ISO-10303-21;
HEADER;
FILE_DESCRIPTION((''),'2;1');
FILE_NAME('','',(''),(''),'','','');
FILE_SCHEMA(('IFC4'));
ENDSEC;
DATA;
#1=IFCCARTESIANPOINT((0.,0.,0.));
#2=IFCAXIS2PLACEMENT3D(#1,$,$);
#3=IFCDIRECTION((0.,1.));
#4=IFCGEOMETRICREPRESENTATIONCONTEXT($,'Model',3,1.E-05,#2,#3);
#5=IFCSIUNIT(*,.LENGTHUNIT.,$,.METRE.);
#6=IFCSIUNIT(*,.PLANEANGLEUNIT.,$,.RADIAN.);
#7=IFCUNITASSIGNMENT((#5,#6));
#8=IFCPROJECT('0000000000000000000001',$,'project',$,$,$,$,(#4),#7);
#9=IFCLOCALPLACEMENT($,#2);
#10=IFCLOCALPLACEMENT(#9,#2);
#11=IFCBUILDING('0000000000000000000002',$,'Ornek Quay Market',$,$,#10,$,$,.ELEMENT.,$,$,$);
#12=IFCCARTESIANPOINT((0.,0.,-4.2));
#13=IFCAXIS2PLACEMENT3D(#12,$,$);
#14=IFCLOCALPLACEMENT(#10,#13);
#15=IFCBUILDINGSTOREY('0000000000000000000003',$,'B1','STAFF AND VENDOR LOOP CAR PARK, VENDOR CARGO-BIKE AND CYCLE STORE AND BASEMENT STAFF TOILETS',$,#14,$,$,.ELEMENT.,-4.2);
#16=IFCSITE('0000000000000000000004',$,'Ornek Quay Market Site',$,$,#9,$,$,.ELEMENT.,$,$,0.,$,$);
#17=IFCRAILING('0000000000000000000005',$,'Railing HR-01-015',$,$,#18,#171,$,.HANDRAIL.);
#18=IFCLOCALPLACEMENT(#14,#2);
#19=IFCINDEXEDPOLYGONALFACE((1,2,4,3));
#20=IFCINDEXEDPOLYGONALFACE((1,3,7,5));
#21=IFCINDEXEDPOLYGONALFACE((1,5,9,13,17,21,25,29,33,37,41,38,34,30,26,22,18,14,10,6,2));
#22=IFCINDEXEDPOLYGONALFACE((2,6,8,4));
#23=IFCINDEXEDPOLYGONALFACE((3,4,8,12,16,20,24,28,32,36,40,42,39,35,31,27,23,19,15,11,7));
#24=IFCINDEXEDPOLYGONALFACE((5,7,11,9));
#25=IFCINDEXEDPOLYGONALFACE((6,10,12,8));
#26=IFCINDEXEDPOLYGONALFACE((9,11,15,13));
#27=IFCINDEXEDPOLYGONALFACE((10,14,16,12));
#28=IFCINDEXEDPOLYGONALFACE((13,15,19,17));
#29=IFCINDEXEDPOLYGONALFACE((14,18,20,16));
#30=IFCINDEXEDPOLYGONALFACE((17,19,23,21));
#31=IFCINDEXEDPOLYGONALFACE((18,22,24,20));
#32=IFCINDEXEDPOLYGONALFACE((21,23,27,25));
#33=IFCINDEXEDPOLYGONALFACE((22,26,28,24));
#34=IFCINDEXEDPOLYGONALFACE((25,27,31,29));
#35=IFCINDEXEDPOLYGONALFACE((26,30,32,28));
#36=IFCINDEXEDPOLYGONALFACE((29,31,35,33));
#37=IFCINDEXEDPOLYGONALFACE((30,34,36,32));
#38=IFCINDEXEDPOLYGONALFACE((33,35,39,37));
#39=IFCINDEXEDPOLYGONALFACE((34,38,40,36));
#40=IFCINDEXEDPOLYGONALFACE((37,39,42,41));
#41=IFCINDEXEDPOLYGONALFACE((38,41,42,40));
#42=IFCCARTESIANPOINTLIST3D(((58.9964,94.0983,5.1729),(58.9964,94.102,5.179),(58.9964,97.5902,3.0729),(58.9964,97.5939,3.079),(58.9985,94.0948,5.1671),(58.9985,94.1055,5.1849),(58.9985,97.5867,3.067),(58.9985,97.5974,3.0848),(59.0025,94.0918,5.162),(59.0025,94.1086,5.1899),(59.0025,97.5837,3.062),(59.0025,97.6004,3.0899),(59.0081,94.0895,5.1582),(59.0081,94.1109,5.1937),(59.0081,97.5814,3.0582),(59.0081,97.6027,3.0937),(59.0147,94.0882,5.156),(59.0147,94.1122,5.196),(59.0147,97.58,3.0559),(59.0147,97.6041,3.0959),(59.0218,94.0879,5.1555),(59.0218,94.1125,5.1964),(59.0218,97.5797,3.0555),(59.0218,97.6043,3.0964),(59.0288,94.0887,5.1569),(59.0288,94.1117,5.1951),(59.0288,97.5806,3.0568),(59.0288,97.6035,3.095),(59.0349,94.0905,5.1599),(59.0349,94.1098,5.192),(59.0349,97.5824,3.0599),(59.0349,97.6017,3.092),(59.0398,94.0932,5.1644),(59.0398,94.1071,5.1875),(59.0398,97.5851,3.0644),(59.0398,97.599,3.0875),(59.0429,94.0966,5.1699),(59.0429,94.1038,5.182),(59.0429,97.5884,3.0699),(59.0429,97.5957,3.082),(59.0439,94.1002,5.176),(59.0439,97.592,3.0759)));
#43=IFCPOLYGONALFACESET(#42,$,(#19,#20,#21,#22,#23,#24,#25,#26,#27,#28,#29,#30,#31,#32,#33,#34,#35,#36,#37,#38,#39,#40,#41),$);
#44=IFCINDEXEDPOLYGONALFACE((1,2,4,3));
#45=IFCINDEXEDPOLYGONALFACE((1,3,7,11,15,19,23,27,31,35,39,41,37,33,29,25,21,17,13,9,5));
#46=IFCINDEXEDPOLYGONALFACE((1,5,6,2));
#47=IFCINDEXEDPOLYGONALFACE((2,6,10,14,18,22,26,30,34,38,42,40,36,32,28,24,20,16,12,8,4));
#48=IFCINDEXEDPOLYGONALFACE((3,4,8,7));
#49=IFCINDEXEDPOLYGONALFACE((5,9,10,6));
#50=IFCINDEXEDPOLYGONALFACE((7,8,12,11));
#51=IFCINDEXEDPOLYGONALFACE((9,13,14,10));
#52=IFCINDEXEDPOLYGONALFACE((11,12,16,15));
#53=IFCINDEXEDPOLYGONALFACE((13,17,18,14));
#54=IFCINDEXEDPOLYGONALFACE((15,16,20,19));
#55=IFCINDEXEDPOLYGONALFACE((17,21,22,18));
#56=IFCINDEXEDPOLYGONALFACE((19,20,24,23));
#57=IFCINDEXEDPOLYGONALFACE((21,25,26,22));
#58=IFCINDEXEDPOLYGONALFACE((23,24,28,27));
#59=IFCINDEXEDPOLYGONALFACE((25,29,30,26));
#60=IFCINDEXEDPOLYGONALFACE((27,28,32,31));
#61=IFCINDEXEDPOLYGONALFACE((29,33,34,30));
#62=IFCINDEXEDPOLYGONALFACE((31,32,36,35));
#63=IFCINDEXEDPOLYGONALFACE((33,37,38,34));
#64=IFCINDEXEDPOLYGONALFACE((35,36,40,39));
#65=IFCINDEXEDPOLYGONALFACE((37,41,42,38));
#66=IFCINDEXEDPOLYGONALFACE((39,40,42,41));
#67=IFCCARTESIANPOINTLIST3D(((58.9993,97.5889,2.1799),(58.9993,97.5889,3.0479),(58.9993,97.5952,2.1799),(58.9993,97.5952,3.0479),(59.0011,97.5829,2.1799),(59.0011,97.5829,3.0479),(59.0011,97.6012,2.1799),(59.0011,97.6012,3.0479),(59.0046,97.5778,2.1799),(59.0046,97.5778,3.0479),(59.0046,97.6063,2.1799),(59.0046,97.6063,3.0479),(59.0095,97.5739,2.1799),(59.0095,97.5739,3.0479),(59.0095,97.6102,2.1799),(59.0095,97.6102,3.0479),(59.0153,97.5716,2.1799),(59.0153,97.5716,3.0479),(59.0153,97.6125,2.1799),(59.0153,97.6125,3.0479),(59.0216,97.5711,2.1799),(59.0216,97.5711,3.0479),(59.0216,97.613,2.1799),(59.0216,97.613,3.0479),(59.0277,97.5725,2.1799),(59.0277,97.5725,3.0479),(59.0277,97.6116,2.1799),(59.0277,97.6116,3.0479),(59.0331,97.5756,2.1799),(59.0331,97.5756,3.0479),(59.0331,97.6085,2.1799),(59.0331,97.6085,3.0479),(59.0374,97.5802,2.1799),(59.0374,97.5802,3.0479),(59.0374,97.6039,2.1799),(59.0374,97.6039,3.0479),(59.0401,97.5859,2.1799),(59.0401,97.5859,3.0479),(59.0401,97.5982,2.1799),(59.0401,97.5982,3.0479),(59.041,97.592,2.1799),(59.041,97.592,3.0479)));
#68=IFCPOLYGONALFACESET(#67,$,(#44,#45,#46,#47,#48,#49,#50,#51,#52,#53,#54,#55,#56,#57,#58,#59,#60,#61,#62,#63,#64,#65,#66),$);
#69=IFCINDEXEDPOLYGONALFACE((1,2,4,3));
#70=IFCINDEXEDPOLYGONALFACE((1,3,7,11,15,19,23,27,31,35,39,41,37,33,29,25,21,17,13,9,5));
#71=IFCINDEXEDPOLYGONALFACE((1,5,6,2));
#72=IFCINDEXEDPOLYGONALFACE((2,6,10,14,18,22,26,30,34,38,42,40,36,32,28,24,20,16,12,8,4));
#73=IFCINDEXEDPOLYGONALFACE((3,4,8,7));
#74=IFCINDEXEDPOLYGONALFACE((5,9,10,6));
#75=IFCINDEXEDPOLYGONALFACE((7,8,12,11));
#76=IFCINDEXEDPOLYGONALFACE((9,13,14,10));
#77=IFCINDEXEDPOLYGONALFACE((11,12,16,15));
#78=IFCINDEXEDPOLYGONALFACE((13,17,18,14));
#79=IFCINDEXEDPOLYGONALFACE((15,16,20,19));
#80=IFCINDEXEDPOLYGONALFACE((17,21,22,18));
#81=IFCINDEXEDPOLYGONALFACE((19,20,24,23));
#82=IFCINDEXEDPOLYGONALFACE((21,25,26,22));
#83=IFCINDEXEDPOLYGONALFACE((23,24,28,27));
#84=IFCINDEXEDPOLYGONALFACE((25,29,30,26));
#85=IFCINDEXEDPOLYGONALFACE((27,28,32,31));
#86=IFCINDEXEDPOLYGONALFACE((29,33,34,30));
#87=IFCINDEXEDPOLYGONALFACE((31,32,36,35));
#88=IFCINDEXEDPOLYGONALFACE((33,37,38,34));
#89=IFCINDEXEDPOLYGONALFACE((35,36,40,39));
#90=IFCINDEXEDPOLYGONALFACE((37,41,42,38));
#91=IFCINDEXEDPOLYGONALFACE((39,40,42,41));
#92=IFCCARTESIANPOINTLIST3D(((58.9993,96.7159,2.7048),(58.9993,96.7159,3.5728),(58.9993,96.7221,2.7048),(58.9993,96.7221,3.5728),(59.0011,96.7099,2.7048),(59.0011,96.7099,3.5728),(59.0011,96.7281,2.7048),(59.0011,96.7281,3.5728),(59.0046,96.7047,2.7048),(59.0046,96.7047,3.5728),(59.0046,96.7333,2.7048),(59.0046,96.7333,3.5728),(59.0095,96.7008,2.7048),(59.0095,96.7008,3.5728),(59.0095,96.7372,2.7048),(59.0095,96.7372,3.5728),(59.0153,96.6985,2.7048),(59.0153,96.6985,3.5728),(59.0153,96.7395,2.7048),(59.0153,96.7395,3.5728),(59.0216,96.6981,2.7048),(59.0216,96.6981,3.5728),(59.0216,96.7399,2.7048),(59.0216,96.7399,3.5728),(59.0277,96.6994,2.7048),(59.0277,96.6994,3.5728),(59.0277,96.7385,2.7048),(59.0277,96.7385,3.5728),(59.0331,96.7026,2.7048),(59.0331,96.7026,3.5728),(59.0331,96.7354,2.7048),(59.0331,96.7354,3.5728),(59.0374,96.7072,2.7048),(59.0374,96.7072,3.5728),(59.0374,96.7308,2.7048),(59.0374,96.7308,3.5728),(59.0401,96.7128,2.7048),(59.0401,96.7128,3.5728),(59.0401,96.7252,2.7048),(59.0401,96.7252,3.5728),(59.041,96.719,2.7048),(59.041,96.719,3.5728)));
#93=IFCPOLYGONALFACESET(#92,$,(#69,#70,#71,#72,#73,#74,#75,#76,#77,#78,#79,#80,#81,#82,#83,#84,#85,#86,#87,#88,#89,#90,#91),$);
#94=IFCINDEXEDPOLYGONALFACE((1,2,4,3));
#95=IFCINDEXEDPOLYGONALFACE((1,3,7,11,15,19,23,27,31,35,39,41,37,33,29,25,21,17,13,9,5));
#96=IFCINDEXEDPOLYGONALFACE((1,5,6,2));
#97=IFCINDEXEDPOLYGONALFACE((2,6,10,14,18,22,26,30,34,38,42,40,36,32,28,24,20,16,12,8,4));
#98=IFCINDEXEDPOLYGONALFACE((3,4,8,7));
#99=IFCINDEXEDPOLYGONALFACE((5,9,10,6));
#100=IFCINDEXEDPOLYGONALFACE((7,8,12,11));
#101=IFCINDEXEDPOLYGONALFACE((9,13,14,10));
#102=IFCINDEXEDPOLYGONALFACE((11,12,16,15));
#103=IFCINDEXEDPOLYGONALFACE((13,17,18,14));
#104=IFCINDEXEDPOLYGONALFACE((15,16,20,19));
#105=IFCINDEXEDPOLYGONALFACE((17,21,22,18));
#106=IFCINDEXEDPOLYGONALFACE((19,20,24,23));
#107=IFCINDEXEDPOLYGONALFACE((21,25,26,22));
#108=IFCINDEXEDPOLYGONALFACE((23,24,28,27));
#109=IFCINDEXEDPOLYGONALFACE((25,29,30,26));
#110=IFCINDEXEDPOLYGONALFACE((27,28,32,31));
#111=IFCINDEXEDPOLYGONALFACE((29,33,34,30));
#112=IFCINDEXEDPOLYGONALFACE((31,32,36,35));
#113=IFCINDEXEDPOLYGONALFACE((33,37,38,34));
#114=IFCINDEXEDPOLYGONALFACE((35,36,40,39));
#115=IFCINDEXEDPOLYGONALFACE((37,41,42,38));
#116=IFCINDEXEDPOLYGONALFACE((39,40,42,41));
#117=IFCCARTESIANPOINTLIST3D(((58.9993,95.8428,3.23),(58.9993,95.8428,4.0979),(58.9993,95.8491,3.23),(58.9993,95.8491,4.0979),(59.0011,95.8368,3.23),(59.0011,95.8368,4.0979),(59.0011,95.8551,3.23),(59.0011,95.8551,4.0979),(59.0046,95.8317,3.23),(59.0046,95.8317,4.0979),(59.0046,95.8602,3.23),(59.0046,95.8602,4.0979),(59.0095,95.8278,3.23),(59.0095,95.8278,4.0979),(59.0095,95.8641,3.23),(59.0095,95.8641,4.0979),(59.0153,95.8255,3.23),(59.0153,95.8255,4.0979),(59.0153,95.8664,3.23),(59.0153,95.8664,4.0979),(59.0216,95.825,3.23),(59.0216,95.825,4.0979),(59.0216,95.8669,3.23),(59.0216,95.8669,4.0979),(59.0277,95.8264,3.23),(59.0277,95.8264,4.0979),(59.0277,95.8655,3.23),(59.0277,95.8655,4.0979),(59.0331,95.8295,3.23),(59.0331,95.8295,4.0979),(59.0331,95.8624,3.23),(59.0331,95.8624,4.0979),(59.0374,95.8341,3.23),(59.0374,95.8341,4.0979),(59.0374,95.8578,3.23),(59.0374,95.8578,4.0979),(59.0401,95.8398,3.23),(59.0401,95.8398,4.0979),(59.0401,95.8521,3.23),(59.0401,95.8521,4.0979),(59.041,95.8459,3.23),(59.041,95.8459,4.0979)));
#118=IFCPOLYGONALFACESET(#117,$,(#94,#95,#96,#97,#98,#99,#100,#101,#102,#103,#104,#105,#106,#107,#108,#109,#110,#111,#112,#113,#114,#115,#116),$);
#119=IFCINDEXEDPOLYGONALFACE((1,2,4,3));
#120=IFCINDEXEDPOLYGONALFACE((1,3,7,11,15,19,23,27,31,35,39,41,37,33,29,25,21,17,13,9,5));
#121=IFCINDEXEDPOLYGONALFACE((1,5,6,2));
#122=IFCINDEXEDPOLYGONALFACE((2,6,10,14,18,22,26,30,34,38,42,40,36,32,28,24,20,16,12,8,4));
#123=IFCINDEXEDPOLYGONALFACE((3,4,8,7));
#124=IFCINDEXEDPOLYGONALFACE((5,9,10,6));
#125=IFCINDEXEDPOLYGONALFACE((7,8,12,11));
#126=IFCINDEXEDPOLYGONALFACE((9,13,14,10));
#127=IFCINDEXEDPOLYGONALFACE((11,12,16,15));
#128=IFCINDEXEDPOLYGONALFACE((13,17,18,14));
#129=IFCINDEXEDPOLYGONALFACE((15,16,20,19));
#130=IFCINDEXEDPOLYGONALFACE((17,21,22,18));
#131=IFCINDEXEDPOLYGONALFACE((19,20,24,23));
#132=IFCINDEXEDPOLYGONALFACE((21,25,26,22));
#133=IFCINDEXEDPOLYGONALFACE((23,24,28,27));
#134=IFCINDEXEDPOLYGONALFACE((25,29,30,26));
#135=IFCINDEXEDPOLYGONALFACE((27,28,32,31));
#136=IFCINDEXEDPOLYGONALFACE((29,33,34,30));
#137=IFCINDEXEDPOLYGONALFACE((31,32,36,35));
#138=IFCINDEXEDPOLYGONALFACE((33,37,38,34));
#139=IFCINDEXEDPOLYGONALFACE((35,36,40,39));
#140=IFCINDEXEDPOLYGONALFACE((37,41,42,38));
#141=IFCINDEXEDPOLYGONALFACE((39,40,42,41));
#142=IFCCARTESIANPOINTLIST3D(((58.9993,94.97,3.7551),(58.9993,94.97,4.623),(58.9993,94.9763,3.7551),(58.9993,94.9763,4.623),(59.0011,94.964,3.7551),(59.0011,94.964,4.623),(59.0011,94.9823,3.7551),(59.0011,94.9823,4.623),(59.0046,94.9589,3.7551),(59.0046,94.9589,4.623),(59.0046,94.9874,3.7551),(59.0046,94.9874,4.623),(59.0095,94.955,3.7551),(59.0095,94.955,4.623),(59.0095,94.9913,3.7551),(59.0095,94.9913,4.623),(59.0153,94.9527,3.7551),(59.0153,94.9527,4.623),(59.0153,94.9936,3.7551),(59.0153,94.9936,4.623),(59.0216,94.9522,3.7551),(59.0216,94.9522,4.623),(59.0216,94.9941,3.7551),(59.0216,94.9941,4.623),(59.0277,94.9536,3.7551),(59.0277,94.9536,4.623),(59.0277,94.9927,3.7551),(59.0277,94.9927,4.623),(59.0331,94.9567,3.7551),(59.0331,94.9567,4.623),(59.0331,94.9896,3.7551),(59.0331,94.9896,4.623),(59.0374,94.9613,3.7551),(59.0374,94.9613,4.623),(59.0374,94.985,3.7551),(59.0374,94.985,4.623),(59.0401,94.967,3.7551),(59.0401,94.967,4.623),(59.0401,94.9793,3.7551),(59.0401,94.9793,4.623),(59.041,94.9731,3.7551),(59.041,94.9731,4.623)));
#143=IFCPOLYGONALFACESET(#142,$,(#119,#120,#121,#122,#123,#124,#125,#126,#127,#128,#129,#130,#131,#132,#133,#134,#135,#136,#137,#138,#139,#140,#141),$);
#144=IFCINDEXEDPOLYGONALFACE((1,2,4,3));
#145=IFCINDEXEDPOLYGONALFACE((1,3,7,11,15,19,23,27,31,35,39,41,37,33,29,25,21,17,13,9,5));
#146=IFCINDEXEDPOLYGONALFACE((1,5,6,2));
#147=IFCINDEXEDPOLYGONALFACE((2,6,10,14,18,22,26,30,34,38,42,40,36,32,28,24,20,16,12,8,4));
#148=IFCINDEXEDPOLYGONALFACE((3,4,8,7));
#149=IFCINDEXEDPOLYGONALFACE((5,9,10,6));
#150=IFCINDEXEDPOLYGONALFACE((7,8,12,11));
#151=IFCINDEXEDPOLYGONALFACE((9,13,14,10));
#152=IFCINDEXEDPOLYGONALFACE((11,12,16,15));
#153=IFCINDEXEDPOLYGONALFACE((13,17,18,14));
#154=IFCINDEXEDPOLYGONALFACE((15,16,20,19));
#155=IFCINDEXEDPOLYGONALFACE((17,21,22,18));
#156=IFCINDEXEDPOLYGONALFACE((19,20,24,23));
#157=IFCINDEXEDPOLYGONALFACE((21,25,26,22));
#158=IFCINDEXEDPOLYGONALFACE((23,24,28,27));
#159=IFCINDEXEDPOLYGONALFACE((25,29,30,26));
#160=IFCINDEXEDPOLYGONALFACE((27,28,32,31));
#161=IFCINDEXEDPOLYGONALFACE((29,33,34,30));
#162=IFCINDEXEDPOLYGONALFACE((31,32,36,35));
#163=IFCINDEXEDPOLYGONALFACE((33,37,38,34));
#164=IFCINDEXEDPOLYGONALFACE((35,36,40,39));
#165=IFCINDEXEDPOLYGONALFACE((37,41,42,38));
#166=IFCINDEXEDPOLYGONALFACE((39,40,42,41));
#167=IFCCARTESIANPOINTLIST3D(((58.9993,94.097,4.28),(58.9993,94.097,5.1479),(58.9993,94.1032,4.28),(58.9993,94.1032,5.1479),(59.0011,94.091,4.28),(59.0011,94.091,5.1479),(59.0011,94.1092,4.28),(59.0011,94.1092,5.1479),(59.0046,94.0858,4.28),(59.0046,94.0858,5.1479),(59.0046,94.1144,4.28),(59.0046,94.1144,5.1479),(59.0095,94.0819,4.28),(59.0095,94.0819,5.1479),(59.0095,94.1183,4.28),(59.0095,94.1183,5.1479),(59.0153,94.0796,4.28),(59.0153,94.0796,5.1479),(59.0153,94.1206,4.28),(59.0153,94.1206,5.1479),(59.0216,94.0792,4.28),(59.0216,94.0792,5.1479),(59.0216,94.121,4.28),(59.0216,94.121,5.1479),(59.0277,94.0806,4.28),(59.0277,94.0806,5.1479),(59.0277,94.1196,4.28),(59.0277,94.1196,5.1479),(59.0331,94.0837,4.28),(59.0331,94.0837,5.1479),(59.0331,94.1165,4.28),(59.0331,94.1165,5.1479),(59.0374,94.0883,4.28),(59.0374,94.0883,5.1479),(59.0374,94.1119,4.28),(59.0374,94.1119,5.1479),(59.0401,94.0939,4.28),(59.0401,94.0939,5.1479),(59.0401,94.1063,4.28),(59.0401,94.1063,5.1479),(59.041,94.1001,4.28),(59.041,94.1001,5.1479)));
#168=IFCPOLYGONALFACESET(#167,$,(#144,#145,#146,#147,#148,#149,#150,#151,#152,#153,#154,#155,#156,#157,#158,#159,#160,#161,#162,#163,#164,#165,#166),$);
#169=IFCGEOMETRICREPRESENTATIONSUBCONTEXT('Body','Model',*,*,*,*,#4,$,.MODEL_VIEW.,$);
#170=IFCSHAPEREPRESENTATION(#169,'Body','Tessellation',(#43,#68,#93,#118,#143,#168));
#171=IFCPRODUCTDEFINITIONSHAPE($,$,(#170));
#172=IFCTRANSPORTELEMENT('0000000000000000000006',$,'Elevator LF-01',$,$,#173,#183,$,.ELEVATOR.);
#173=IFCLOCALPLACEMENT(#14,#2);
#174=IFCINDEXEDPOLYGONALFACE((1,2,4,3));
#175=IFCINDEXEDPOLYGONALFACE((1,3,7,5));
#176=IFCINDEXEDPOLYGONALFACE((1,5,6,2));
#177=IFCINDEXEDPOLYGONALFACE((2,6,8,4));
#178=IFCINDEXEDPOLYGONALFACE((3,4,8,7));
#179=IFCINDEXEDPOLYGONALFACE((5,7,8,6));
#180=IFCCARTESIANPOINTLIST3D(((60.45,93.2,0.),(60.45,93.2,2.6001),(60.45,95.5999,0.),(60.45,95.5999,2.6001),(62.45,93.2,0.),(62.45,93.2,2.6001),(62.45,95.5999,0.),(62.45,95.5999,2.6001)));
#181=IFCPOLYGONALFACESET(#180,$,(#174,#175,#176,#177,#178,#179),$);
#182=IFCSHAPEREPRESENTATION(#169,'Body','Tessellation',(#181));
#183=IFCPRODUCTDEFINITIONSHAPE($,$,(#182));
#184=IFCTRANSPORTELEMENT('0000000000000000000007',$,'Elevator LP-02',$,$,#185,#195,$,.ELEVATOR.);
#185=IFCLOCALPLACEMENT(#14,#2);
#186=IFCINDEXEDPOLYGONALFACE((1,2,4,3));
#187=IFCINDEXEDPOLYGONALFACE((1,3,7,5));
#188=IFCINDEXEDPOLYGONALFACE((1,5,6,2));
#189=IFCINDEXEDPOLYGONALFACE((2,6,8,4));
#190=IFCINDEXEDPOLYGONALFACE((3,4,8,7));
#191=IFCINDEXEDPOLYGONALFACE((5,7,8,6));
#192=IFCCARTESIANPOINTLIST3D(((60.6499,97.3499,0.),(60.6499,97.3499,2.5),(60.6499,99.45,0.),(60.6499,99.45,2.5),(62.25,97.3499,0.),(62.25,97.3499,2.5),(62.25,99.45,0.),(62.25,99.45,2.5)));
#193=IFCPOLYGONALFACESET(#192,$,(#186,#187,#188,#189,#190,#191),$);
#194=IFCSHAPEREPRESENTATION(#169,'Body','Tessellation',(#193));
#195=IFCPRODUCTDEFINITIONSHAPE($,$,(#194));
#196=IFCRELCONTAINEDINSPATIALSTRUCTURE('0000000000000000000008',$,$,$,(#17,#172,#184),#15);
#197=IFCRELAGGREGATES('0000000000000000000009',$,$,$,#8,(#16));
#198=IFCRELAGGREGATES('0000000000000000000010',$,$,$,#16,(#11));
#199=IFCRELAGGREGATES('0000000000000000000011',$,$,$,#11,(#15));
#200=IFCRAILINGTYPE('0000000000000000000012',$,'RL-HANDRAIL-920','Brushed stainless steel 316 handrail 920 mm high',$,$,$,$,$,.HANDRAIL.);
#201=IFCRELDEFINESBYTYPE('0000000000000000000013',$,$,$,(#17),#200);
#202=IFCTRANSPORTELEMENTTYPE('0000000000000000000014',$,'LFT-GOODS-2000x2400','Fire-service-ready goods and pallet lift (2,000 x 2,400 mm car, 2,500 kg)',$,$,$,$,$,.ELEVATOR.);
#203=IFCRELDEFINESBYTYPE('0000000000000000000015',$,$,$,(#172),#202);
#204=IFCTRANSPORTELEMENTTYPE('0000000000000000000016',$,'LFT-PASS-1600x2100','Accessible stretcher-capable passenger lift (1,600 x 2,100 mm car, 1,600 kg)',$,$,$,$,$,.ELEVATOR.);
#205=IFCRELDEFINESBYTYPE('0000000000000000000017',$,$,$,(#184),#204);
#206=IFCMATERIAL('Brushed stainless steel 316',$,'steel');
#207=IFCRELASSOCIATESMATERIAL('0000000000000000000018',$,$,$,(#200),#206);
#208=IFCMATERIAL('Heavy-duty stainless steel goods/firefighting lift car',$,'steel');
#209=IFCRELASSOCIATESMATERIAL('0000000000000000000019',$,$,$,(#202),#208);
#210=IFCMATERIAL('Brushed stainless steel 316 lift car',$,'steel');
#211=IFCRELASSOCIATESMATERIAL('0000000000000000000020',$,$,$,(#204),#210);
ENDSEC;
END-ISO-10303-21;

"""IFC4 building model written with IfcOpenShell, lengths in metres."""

from ifc_helpers import new_model, si_unit, direction, frame, origin, origin_2d, place, context, subcontext, project, spatial, rectangle, circle, extrude, material, type_object, element, save


model = new_model("IFC4")

# Units and contexts
model_context = context("Model", 3, precision=1e-05, world=origin(), true_north=direction((0.0, 1.0)))
body_context = subcontext(model_context, "Body", "Model", "MODEL_VIEW")
ifc_project = project(units=[si_unit("LENGTHUNIT", "METRE"), si_unit("PLANEANGLEUNIT", "RADIAN")], contexts=[model_context])

# Site, building, storey
site_placement = place(None, origin())
site = spatial("IfcSite", under=ifc_project, at=site_placement, Name="Ornek Quay Market Site", CompositionType="ELEMENT", RefElevation=0.0)
building_placement = place(site_placement, origin())
building = spatial("IfcBuilding", under=site, at=building_placement, Name="Ornek Quay Market", CompositionType="ELEMENT")
storey_placement = place(building_placement, frame((0.0, 0.0, -4.2)))
storey = spatial("IfcBuildingStorey", under=building, at=storey_placement, Name="B1", Description="STAFF AND VENDOR LOOP CAR PARK, VENDOR CARGO-BIKE AND CYCLE STORE AND BASEMENT STAFF TOILETS", CompositionType="ELEMENT", Elevation=-4.2)

# Railing
ifc_material_1 = material(Name="Brushed stainless steel 316", Category="steel")
railing_type_1 = type_object("IfcRailingType", Name="RL-HANDRAIL-920", Description="Brushed stainless steel 316 handrail 920 mm high", PredefinedType="HANDRAIL", material=ifc_material_1)
railing_1_placement = place(storey_placement, frame((59.02, 97.592, 2.1799)))
element("IfcRailing", 1, at=railing_1_placement, inside=storey, type_object=railing_type_1, Name="Railing HR-01-015", PredefinedType="HANDRAIL", context=body_context, shape_type="SweptSolid", body=[
    extrude(circle(Radius=0.0239, at=origin_2d()), frame((0.0, 0.0, 0.896), z_axis=(0.0, -0.856959, 0.515385), x_axis=(1.0, 0.0, 0.0)), (0.0, 0.0, 1.0), 4.0747),
    extrude(circle(Radius=0.021, at=origin_2d()), origin(), (0.0, 0.0, 1.0), 0.8679),
    extrude(circle(Radius=0.021, at=origin_2d()), frame((0.0, -0.873, 0.5249)), (0.0, 0.0, 1.0), 0.8679),
    extrude(circle(Radius=0.021, at=origin_2d()), frame((0.0, -1.7461, 1.05)), (0.0, 0.0, 1.0), 0.8679),
    extrude(circle(Radius=0.021, at=origin_2d()), frame((0.0, -2.6189, 1.5752)), (0.0, 0.0, 1.0), 0.8679),
    extrude(circle(Radius=0.021, at=origin_2d()), frame((0.0, -3.4919, 2.1001)), (0.0, 0.0, 1.0), 0.8679),
])

# Transport elements
ifc_material_2 = material(Name="Heavy-duty stainless steel goods/firefighting lift car", Category="steel")
transport_element_type_1 = type_object("IfcTransportElementType", Name="LFT-GOODS-2000x2400", Description="Fire-service-ready goods and pallet lift (2,000 x 2,400 mm car, 2,500 kg)", PredefinedType="ELEVATOR", material=ifc_material_2)
transport_element_1_placement = place(storey_placement, frame((61.45, 94.3999, 0.0), z_axis=(0.0, 0.0, 1.0), x_axis=(1.0, 0.0, 0.0)))
element("IfcTransportElement", 2, at=transport_element_1_placement, inside=storey, type_object=transport_element_type_1, Name="Elevator LF-01", PredefinedType="ELEVATOR", context=body_context, shape_type="SweptSolid", body=[
    extrude(rectangle(XDim=2.0, YDim=2.3999, at=origin_2d()), origin(), (0.0, 0.0, 1.0), 2.6001),
])
ifc_material_3 = material(Name="Brushed stainless steel 316 lift car", Category="steel")
transport_element_type_2 = type_object("IfcTransportElementType", Name="LFT-PASS-1600x2100", Description="Accessible stretcher-capable passenger lift (1,600 x 2,100 mm car, 1,600 kg)", PredefinedType="ELEVATOR", material=ifc_material_3)
transport_element_2_placement = place(storey_placement, frame((61.45, 98.3999, 0.0), z_axis=(0.0, 0.0, 1.0), x_axis=(1.0, 0.0, 0.0)))
element("IfcTransportElement", 3, at=transport_element_2_placement, inside=storey, type_object=transport_element_type_2, Name="Elevator LP-02", PredefinedType="ELEVATOR", context=body_context, shape_type="SweptSolid", body=[
    extrude(rectangle(XDim=1.6001, YDim=2.1001, at=origin_2d()), origin(), (0.0, 0.0, 1.0), 2.5),
])

save(model, "model.ifc")
